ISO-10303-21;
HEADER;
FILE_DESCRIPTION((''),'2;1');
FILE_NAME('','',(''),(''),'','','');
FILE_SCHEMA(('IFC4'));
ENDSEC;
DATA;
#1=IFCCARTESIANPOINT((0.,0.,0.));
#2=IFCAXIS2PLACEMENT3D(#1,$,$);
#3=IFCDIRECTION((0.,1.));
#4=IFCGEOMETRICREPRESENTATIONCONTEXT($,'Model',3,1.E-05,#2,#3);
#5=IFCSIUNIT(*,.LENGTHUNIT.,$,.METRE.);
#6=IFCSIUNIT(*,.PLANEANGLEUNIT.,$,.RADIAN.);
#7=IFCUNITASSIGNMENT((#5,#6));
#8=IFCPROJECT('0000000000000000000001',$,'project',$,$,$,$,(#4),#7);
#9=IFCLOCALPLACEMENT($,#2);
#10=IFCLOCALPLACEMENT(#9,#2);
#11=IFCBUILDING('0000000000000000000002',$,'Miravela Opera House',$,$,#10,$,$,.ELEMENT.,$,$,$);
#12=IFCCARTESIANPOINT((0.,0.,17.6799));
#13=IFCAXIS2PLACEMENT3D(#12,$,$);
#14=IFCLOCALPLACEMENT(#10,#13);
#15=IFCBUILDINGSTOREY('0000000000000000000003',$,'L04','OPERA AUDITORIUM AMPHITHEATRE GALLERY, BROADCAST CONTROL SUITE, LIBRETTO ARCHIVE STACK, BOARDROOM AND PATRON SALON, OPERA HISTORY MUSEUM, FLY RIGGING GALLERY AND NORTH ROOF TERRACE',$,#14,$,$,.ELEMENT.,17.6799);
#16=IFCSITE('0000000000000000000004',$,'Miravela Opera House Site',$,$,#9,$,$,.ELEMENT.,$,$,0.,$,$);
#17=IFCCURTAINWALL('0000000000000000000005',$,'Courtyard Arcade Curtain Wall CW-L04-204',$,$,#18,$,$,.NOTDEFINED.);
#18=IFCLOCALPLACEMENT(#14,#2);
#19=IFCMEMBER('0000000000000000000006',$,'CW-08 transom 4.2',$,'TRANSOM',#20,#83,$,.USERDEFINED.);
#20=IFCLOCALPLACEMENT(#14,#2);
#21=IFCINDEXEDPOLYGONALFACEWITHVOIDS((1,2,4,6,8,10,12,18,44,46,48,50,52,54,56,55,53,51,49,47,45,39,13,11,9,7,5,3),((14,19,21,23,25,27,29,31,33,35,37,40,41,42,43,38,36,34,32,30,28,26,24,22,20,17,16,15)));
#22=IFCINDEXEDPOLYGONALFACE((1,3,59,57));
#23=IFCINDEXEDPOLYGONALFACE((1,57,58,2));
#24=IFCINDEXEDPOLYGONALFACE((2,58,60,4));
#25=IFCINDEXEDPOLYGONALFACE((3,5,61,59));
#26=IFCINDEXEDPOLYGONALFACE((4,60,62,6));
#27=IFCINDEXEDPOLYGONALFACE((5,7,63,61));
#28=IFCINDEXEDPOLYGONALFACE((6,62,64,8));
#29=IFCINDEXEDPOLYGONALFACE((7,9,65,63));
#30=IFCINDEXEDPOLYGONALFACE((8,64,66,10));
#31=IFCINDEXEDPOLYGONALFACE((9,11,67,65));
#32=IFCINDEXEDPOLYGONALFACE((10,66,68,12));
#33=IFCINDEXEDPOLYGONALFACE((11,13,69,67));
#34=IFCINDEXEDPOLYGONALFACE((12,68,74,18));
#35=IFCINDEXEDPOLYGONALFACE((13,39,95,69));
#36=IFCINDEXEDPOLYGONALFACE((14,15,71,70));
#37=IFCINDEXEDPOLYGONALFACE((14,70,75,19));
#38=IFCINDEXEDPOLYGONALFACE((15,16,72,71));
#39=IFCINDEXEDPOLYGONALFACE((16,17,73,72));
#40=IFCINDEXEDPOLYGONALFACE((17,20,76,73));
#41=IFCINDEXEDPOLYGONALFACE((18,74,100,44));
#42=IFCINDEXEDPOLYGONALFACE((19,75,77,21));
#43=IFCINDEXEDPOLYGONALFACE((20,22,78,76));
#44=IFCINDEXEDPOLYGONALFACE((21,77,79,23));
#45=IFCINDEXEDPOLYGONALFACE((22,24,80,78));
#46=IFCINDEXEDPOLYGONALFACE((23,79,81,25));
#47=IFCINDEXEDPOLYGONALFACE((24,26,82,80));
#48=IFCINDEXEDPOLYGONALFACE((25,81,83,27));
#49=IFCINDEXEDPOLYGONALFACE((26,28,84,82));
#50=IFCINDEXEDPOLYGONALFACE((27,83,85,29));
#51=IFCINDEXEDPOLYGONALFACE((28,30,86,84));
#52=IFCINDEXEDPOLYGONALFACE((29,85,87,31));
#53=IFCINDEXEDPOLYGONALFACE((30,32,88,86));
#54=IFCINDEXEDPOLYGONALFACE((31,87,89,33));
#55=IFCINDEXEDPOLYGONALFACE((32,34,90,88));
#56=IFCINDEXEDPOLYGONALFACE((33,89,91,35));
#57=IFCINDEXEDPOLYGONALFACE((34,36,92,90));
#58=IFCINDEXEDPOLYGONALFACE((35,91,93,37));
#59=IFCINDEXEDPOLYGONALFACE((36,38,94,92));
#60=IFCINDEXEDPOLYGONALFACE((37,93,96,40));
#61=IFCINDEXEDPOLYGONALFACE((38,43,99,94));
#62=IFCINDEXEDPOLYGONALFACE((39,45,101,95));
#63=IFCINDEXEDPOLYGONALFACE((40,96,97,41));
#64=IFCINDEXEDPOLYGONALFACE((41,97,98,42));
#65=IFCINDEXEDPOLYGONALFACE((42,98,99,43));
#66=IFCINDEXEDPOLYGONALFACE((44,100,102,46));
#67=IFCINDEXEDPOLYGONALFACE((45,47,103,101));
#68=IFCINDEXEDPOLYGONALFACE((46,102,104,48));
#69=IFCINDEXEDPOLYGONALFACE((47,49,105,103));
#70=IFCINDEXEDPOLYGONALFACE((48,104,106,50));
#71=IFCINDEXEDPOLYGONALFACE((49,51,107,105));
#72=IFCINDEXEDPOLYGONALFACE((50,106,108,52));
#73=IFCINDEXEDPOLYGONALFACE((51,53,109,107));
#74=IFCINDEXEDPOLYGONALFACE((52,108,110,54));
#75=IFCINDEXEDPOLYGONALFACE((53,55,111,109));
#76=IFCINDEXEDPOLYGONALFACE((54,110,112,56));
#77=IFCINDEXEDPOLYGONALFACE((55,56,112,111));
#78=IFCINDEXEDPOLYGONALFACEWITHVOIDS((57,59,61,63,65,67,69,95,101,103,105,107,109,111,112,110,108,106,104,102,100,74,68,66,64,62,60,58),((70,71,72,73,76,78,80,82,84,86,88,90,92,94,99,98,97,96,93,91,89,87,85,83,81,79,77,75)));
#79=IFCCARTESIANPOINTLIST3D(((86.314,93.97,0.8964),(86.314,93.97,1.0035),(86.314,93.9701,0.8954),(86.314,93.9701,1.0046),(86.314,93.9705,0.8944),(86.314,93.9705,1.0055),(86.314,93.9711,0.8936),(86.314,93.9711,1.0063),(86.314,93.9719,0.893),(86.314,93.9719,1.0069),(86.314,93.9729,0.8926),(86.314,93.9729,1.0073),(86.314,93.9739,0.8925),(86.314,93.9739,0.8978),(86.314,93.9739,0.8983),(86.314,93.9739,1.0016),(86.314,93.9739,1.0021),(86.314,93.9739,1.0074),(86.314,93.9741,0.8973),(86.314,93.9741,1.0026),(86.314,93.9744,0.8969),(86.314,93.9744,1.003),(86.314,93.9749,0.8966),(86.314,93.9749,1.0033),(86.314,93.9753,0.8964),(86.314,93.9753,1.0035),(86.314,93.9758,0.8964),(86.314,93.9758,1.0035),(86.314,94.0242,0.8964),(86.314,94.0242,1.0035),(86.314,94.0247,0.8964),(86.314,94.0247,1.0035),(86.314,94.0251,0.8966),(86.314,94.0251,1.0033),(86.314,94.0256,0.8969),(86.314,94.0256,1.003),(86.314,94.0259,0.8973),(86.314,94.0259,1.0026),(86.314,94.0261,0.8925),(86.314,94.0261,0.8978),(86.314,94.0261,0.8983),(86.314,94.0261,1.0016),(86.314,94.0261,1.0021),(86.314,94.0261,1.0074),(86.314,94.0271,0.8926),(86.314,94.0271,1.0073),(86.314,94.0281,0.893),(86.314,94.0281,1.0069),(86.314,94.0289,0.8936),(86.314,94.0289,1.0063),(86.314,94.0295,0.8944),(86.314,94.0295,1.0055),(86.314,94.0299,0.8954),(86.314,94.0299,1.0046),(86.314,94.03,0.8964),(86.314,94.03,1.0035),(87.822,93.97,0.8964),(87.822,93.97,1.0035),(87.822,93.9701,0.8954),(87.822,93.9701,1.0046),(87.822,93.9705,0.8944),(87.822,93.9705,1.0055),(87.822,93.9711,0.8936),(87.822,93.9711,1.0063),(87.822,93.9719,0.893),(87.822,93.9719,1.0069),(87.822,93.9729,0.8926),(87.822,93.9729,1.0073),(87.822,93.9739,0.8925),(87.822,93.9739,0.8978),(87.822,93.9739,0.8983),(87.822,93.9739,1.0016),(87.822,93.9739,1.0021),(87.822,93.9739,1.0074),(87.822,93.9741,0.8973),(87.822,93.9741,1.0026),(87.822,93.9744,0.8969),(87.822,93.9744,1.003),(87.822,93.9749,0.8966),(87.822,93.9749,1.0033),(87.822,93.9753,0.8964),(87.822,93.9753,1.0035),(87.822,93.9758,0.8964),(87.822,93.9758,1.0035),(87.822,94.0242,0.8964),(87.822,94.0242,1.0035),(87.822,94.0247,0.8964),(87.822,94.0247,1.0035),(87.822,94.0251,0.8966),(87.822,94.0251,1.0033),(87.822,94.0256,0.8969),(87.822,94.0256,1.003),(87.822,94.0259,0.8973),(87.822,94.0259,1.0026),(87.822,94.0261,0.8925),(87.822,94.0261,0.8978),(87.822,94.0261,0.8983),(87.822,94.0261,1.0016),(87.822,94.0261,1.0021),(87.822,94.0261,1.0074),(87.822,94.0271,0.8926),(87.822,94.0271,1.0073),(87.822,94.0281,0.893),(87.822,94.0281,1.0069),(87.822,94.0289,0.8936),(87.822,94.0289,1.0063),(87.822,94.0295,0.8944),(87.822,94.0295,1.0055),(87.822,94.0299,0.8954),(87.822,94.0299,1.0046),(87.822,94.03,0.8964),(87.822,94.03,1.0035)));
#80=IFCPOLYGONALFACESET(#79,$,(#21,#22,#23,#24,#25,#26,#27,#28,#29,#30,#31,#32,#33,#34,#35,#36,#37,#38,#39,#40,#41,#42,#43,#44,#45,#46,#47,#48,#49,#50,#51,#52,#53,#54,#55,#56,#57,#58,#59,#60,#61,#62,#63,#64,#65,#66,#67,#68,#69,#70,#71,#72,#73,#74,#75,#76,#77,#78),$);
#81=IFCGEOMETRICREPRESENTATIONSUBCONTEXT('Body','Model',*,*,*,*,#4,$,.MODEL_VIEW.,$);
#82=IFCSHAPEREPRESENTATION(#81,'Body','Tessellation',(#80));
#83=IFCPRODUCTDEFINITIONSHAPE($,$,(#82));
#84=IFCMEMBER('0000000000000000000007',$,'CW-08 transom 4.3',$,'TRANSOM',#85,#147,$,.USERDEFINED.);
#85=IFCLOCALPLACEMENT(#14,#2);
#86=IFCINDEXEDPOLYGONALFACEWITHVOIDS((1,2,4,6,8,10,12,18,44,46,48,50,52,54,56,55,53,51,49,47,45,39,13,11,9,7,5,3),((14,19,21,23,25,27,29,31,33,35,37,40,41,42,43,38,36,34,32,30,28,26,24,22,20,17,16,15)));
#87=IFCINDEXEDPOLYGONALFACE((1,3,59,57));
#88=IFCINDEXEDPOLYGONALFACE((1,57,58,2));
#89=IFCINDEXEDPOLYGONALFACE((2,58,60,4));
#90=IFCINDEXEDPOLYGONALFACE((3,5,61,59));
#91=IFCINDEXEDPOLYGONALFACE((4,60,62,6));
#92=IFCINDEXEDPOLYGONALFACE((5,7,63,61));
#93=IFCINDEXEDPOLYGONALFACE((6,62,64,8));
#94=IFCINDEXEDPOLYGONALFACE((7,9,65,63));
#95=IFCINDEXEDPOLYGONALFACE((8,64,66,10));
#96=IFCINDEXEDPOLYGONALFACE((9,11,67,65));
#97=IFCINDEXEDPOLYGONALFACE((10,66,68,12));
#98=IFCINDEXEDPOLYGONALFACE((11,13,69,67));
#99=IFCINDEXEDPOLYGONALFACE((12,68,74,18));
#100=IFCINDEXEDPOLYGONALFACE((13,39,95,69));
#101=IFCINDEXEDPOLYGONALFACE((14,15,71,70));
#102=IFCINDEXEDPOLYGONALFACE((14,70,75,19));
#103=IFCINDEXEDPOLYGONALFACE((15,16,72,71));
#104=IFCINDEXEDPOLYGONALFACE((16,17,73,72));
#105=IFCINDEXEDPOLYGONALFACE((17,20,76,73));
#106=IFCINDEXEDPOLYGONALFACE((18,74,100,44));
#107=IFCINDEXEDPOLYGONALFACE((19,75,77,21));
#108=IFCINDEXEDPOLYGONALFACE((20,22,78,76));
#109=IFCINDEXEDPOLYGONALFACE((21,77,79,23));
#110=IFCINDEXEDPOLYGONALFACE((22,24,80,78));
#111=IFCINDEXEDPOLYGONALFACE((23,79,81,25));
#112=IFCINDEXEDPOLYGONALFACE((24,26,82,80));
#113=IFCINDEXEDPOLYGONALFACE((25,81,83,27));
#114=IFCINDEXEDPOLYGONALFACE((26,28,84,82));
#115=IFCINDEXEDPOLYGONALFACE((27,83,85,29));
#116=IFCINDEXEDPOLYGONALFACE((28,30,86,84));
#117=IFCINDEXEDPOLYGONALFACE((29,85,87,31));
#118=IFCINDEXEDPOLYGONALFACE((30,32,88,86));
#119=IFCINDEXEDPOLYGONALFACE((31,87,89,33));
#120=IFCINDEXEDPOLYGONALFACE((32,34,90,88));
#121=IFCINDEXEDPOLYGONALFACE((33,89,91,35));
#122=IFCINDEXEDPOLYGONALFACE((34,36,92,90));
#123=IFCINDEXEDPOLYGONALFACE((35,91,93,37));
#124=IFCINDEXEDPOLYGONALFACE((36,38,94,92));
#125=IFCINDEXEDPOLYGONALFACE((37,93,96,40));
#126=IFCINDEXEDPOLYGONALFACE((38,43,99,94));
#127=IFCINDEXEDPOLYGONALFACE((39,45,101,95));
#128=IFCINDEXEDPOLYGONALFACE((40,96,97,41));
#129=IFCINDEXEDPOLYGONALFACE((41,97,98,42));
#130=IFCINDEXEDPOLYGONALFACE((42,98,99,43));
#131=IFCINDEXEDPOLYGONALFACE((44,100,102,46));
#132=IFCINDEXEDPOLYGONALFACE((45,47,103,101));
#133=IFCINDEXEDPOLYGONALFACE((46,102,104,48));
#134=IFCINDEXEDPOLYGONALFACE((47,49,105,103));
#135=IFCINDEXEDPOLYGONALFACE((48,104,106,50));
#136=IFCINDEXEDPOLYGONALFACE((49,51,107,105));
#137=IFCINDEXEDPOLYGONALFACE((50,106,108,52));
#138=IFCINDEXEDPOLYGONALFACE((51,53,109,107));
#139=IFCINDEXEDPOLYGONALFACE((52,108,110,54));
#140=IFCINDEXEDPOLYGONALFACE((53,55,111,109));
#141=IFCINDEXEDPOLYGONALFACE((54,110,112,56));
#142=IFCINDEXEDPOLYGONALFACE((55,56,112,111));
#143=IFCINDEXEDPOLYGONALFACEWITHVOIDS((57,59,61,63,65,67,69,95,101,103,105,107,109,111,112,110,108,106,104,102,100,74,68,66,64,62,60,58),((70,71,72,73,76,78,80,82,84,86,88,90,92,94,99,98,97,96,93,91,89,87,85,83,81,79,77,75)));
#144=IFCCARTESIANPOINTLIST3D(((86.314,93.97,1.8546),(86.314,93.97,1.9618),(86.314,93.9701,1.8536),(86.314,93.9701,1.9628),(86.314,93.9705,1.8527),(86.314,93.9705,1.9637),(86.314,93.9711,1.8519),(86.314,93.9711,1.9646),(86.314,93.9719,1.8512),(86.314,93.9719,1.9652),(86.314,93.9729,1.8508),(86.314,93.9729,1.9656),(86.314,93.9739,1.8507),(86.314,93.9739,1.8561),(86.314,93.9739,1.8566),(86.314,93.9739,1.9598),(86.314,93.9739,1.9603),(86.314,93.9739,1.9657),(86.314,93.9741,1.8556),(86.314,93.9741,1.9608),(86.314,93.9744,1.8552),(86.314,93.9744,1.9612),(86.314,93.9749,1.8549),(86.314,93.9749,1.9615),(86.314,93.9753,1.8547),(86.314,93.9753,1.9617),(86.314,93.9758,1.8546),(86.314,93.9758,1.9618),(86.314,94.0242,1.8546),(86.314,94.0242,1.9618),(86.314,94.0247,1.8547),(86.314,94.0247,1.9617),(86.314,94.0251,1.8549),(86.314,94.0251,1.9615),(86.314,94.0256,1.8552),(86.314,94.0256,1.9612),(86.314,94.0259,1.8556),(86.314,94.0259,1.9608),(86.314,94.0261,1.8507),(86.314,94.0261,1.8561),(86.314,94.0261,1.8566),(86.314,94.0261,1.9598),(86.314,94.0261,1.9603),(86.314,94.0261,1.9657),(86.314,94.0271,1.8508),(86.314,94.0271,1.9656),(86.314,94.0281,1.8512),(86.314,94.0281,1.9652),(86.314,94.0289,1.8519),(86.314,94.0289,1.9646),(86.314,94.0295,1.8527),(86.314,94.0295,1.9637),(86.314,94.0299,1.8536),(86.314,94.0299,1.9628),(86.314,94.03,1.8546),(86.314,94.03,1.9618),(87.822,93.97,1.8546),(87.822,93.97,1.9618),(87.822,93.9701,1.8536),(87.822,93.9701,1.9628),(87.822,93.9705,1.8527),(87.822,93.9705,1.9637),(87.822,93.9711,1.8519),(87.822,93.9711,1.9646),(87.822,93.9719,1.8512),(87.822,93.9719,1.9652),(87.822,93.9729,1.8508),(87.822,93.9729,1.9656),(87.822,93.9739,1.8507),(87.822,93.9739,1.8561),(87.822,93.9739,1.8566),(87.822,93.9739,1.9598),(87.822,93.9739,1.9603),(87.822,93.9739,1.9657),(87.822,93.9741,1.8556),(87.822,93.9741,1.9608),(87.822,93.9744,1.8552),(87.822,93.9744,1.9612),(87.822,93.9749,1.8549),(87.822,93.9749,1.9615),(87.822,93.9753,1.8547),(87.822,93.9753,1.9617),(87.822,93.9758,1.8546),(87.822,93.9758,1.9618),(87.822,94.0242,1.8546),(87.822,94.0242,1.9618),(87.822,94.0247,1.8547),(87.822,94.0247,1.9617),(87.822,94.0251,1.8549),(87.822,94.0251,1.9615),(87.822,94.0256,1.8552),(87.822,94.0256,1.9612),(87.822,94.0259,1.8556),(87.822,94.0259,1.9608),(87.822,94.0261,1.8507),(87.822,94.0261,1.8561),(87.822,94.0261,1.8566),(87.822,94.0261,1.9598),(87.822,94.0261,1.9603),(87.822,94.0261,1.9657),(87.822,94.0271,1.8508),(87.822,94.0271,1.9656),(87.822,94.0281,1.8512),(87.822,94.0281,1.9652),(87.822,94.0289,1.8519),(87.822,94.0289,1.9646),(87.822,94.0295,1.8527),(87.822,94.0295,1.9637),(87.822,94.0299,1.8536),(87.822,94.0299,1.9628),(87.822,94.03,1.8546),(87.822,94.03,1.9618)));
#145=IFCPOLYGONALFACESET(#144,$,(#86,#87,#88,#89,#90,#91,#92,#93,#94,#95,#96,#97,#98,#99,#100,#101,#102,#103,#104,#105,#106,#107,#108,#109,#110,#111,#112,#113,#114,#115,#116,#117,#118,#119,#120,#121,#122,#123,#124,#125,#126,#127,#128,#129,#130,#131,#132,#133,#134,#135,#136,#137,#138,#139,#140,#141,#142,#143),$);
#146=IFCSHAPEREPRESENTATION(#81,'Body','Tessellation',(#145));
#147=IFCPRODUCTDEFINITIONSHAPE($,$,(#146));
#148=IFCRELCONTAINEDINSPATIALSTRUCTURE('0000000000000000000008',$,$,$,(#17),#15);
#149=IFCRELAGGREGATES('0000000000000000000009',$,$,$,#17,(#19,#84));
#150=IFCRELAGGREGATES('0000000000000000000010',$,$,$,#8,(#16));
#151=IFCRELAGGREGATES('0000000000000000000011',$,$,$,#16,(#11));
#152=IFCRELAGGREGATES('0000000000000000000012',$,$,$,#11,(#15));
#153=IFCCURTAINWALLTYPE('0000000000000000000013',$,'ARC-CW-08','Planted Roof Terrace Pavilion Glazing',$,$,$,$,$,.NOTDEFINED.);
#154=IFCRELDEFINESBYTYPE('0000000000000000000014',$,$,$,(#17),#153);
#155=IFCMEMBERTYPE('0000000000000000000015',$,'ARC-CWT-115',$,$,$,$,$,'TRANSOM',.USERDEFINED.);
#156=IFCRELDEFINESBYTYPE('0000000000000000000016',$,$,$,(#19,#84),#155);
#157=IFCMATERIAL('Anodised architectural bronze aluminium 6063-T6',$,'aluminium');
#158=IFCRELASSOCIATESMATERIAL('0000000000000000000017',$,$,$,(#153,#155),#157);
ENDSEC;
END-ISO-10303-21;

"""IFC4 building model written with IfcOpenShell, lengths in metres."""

from ifc_helpers import new_model, si_unit, direction, frame, origin, origin_2d, place, context, subcontext, project, spatial, hollow_rectangle, extrude, material, material_profile, profile_set, type_object, element, aggregate, save


model = new_model("IFC4")

# Units and contexts
model_context = context("Model", 3, precision=1e-05, world=origin(), true_north=direction((0.0, 1.0)))
body_context = subcontext(model_context, "Body", "Model", "MODEL_VIEW")
ifc_project = project(units=[si_unit("LENGTHUNIT", "METRE"), si_unit("PLANEANGLEUNIT", "RADIAN")], contexts=[model_context])

# Site, building, storey
site_placement = place(None, origin())
site = spatial("IfcSite", under=ifc_project, at=site_placement, Name="Miravela Opera House Site", CompositionType="ELEMENT", RefElevation=0.0)
building_placement = place(site_placement, origin())
building = spatial("IfcBuilding", under=site, at=building_placement, Name="Miravela Opera House", CompositionType="ELEMENT")
storey_placement = place(building_placement, frame((0.0, 0.0, 17.6799)))
storey = spatial("IfcBuildingStorey", under=building, at=storey_placement, Name="L04", Description="OPERA AUDITORIUM AMPHITHEATRE GALLERY, BROADCAST CONTROL SUITE, LIBRETTO ARCHIVE STACK, BOARDROOM AND PATRON SALON, OPERA HISTORY MUSEUM, FLY RIGGING GALLERY AND NORTH ROOF TERRACE", CompositionType="ELEMENT", Elevation=17.6799)

# Curtain wall, members
ifc_material_1 = material(Name="Anodised architectural bronze aluminium 6063-T6", Category="aluminium")
curtain_wall_type = type_object("IfcCurtainWallType", Name="ARC-CW-08", Description="Planted Roof Terrace Pavilion Glazing", PredefinedType="NOTDEFINED", material=ifc_material_1)
curtain_wall_placement = place(storey_placement, origin())
curtain_wall = element("IfcCurtainWall", 1, at=curtain_wall_placement, inside=storey, type_object=curtain_wall_type, Name="Courtyard Arcade Curtain Wall CW-L04-204", PredefinedType="NOTDEFINED")
ifc_material_profile_1 = material_profile(ifc_material_1, hollow_rectangle(XDim=0.0601, YDim=0.115, WallThickness=0.0039, InnerFilletRadius=0.002, OuterFilletRadius=0.0039, at=origin_2d()), Name="CWT-60X115")
ifc_profile_set_1 = profile_set([ifc_material_profile_1])
member_type_1 = type_object("IfcMemberType", Name="ARC-CWT-115", ElementType="TRANSOM", PredefinedType="USERDEFINED", material=ifc_profile_set_1)
member_1_placement = place(storey_placement, frame((86.314, 94.0, 0.95), z_axis=(1.0, 0.0, 0.0), x_axis=(0.0, 1.0, 0.0)))
member_1 = element("IfcMember", 2, at=member_1_placement, type_object=member_type_1, Name="CW-08 transom 4.2", ObjectType="TRANSOM", PredefinedType="USERDEFINED", context=body_context, shape_type="SweptSolid", body=[
    extrude(hollow_rectangle(XDim=0.0601, YDim=0.115, WallThickness=0.0039, InnerFilletRadius=0.002, OuterFilletRadius=0.0039, at=origin_2d()), origin(), (0.0, 0.0, 1.0), 1.5081),
])
member_2_placement = place(storey_placement, frame((86.314, 94.0, 1.9082), z_axis=(1.0, 0.0, 0.0), x_axis=(0.0, 1.0, 0.0)))
member_2 = element("IfcMember", 3, at=member_2_placement, type_object=member_type_1, Name="CW-08 transom 4.3", ObjectType="TRANSOM", PredefinedType="USERDEFINED", context=body_context, shape_type="SweptSolid", body=[
    extrude(hollow_rectangle(XDim=0.0601, YDim=0.115, WallThickness=0.0039, InnerFilletRadius=0.002, OuterFilletRadius=0.0039, at=origin_2d()), origin(), (0.0, 0.0, 1.0), 1.5081),
])

aggregate(curtain_wall, [member_1, member_2])

save(model, "model.ifc")
